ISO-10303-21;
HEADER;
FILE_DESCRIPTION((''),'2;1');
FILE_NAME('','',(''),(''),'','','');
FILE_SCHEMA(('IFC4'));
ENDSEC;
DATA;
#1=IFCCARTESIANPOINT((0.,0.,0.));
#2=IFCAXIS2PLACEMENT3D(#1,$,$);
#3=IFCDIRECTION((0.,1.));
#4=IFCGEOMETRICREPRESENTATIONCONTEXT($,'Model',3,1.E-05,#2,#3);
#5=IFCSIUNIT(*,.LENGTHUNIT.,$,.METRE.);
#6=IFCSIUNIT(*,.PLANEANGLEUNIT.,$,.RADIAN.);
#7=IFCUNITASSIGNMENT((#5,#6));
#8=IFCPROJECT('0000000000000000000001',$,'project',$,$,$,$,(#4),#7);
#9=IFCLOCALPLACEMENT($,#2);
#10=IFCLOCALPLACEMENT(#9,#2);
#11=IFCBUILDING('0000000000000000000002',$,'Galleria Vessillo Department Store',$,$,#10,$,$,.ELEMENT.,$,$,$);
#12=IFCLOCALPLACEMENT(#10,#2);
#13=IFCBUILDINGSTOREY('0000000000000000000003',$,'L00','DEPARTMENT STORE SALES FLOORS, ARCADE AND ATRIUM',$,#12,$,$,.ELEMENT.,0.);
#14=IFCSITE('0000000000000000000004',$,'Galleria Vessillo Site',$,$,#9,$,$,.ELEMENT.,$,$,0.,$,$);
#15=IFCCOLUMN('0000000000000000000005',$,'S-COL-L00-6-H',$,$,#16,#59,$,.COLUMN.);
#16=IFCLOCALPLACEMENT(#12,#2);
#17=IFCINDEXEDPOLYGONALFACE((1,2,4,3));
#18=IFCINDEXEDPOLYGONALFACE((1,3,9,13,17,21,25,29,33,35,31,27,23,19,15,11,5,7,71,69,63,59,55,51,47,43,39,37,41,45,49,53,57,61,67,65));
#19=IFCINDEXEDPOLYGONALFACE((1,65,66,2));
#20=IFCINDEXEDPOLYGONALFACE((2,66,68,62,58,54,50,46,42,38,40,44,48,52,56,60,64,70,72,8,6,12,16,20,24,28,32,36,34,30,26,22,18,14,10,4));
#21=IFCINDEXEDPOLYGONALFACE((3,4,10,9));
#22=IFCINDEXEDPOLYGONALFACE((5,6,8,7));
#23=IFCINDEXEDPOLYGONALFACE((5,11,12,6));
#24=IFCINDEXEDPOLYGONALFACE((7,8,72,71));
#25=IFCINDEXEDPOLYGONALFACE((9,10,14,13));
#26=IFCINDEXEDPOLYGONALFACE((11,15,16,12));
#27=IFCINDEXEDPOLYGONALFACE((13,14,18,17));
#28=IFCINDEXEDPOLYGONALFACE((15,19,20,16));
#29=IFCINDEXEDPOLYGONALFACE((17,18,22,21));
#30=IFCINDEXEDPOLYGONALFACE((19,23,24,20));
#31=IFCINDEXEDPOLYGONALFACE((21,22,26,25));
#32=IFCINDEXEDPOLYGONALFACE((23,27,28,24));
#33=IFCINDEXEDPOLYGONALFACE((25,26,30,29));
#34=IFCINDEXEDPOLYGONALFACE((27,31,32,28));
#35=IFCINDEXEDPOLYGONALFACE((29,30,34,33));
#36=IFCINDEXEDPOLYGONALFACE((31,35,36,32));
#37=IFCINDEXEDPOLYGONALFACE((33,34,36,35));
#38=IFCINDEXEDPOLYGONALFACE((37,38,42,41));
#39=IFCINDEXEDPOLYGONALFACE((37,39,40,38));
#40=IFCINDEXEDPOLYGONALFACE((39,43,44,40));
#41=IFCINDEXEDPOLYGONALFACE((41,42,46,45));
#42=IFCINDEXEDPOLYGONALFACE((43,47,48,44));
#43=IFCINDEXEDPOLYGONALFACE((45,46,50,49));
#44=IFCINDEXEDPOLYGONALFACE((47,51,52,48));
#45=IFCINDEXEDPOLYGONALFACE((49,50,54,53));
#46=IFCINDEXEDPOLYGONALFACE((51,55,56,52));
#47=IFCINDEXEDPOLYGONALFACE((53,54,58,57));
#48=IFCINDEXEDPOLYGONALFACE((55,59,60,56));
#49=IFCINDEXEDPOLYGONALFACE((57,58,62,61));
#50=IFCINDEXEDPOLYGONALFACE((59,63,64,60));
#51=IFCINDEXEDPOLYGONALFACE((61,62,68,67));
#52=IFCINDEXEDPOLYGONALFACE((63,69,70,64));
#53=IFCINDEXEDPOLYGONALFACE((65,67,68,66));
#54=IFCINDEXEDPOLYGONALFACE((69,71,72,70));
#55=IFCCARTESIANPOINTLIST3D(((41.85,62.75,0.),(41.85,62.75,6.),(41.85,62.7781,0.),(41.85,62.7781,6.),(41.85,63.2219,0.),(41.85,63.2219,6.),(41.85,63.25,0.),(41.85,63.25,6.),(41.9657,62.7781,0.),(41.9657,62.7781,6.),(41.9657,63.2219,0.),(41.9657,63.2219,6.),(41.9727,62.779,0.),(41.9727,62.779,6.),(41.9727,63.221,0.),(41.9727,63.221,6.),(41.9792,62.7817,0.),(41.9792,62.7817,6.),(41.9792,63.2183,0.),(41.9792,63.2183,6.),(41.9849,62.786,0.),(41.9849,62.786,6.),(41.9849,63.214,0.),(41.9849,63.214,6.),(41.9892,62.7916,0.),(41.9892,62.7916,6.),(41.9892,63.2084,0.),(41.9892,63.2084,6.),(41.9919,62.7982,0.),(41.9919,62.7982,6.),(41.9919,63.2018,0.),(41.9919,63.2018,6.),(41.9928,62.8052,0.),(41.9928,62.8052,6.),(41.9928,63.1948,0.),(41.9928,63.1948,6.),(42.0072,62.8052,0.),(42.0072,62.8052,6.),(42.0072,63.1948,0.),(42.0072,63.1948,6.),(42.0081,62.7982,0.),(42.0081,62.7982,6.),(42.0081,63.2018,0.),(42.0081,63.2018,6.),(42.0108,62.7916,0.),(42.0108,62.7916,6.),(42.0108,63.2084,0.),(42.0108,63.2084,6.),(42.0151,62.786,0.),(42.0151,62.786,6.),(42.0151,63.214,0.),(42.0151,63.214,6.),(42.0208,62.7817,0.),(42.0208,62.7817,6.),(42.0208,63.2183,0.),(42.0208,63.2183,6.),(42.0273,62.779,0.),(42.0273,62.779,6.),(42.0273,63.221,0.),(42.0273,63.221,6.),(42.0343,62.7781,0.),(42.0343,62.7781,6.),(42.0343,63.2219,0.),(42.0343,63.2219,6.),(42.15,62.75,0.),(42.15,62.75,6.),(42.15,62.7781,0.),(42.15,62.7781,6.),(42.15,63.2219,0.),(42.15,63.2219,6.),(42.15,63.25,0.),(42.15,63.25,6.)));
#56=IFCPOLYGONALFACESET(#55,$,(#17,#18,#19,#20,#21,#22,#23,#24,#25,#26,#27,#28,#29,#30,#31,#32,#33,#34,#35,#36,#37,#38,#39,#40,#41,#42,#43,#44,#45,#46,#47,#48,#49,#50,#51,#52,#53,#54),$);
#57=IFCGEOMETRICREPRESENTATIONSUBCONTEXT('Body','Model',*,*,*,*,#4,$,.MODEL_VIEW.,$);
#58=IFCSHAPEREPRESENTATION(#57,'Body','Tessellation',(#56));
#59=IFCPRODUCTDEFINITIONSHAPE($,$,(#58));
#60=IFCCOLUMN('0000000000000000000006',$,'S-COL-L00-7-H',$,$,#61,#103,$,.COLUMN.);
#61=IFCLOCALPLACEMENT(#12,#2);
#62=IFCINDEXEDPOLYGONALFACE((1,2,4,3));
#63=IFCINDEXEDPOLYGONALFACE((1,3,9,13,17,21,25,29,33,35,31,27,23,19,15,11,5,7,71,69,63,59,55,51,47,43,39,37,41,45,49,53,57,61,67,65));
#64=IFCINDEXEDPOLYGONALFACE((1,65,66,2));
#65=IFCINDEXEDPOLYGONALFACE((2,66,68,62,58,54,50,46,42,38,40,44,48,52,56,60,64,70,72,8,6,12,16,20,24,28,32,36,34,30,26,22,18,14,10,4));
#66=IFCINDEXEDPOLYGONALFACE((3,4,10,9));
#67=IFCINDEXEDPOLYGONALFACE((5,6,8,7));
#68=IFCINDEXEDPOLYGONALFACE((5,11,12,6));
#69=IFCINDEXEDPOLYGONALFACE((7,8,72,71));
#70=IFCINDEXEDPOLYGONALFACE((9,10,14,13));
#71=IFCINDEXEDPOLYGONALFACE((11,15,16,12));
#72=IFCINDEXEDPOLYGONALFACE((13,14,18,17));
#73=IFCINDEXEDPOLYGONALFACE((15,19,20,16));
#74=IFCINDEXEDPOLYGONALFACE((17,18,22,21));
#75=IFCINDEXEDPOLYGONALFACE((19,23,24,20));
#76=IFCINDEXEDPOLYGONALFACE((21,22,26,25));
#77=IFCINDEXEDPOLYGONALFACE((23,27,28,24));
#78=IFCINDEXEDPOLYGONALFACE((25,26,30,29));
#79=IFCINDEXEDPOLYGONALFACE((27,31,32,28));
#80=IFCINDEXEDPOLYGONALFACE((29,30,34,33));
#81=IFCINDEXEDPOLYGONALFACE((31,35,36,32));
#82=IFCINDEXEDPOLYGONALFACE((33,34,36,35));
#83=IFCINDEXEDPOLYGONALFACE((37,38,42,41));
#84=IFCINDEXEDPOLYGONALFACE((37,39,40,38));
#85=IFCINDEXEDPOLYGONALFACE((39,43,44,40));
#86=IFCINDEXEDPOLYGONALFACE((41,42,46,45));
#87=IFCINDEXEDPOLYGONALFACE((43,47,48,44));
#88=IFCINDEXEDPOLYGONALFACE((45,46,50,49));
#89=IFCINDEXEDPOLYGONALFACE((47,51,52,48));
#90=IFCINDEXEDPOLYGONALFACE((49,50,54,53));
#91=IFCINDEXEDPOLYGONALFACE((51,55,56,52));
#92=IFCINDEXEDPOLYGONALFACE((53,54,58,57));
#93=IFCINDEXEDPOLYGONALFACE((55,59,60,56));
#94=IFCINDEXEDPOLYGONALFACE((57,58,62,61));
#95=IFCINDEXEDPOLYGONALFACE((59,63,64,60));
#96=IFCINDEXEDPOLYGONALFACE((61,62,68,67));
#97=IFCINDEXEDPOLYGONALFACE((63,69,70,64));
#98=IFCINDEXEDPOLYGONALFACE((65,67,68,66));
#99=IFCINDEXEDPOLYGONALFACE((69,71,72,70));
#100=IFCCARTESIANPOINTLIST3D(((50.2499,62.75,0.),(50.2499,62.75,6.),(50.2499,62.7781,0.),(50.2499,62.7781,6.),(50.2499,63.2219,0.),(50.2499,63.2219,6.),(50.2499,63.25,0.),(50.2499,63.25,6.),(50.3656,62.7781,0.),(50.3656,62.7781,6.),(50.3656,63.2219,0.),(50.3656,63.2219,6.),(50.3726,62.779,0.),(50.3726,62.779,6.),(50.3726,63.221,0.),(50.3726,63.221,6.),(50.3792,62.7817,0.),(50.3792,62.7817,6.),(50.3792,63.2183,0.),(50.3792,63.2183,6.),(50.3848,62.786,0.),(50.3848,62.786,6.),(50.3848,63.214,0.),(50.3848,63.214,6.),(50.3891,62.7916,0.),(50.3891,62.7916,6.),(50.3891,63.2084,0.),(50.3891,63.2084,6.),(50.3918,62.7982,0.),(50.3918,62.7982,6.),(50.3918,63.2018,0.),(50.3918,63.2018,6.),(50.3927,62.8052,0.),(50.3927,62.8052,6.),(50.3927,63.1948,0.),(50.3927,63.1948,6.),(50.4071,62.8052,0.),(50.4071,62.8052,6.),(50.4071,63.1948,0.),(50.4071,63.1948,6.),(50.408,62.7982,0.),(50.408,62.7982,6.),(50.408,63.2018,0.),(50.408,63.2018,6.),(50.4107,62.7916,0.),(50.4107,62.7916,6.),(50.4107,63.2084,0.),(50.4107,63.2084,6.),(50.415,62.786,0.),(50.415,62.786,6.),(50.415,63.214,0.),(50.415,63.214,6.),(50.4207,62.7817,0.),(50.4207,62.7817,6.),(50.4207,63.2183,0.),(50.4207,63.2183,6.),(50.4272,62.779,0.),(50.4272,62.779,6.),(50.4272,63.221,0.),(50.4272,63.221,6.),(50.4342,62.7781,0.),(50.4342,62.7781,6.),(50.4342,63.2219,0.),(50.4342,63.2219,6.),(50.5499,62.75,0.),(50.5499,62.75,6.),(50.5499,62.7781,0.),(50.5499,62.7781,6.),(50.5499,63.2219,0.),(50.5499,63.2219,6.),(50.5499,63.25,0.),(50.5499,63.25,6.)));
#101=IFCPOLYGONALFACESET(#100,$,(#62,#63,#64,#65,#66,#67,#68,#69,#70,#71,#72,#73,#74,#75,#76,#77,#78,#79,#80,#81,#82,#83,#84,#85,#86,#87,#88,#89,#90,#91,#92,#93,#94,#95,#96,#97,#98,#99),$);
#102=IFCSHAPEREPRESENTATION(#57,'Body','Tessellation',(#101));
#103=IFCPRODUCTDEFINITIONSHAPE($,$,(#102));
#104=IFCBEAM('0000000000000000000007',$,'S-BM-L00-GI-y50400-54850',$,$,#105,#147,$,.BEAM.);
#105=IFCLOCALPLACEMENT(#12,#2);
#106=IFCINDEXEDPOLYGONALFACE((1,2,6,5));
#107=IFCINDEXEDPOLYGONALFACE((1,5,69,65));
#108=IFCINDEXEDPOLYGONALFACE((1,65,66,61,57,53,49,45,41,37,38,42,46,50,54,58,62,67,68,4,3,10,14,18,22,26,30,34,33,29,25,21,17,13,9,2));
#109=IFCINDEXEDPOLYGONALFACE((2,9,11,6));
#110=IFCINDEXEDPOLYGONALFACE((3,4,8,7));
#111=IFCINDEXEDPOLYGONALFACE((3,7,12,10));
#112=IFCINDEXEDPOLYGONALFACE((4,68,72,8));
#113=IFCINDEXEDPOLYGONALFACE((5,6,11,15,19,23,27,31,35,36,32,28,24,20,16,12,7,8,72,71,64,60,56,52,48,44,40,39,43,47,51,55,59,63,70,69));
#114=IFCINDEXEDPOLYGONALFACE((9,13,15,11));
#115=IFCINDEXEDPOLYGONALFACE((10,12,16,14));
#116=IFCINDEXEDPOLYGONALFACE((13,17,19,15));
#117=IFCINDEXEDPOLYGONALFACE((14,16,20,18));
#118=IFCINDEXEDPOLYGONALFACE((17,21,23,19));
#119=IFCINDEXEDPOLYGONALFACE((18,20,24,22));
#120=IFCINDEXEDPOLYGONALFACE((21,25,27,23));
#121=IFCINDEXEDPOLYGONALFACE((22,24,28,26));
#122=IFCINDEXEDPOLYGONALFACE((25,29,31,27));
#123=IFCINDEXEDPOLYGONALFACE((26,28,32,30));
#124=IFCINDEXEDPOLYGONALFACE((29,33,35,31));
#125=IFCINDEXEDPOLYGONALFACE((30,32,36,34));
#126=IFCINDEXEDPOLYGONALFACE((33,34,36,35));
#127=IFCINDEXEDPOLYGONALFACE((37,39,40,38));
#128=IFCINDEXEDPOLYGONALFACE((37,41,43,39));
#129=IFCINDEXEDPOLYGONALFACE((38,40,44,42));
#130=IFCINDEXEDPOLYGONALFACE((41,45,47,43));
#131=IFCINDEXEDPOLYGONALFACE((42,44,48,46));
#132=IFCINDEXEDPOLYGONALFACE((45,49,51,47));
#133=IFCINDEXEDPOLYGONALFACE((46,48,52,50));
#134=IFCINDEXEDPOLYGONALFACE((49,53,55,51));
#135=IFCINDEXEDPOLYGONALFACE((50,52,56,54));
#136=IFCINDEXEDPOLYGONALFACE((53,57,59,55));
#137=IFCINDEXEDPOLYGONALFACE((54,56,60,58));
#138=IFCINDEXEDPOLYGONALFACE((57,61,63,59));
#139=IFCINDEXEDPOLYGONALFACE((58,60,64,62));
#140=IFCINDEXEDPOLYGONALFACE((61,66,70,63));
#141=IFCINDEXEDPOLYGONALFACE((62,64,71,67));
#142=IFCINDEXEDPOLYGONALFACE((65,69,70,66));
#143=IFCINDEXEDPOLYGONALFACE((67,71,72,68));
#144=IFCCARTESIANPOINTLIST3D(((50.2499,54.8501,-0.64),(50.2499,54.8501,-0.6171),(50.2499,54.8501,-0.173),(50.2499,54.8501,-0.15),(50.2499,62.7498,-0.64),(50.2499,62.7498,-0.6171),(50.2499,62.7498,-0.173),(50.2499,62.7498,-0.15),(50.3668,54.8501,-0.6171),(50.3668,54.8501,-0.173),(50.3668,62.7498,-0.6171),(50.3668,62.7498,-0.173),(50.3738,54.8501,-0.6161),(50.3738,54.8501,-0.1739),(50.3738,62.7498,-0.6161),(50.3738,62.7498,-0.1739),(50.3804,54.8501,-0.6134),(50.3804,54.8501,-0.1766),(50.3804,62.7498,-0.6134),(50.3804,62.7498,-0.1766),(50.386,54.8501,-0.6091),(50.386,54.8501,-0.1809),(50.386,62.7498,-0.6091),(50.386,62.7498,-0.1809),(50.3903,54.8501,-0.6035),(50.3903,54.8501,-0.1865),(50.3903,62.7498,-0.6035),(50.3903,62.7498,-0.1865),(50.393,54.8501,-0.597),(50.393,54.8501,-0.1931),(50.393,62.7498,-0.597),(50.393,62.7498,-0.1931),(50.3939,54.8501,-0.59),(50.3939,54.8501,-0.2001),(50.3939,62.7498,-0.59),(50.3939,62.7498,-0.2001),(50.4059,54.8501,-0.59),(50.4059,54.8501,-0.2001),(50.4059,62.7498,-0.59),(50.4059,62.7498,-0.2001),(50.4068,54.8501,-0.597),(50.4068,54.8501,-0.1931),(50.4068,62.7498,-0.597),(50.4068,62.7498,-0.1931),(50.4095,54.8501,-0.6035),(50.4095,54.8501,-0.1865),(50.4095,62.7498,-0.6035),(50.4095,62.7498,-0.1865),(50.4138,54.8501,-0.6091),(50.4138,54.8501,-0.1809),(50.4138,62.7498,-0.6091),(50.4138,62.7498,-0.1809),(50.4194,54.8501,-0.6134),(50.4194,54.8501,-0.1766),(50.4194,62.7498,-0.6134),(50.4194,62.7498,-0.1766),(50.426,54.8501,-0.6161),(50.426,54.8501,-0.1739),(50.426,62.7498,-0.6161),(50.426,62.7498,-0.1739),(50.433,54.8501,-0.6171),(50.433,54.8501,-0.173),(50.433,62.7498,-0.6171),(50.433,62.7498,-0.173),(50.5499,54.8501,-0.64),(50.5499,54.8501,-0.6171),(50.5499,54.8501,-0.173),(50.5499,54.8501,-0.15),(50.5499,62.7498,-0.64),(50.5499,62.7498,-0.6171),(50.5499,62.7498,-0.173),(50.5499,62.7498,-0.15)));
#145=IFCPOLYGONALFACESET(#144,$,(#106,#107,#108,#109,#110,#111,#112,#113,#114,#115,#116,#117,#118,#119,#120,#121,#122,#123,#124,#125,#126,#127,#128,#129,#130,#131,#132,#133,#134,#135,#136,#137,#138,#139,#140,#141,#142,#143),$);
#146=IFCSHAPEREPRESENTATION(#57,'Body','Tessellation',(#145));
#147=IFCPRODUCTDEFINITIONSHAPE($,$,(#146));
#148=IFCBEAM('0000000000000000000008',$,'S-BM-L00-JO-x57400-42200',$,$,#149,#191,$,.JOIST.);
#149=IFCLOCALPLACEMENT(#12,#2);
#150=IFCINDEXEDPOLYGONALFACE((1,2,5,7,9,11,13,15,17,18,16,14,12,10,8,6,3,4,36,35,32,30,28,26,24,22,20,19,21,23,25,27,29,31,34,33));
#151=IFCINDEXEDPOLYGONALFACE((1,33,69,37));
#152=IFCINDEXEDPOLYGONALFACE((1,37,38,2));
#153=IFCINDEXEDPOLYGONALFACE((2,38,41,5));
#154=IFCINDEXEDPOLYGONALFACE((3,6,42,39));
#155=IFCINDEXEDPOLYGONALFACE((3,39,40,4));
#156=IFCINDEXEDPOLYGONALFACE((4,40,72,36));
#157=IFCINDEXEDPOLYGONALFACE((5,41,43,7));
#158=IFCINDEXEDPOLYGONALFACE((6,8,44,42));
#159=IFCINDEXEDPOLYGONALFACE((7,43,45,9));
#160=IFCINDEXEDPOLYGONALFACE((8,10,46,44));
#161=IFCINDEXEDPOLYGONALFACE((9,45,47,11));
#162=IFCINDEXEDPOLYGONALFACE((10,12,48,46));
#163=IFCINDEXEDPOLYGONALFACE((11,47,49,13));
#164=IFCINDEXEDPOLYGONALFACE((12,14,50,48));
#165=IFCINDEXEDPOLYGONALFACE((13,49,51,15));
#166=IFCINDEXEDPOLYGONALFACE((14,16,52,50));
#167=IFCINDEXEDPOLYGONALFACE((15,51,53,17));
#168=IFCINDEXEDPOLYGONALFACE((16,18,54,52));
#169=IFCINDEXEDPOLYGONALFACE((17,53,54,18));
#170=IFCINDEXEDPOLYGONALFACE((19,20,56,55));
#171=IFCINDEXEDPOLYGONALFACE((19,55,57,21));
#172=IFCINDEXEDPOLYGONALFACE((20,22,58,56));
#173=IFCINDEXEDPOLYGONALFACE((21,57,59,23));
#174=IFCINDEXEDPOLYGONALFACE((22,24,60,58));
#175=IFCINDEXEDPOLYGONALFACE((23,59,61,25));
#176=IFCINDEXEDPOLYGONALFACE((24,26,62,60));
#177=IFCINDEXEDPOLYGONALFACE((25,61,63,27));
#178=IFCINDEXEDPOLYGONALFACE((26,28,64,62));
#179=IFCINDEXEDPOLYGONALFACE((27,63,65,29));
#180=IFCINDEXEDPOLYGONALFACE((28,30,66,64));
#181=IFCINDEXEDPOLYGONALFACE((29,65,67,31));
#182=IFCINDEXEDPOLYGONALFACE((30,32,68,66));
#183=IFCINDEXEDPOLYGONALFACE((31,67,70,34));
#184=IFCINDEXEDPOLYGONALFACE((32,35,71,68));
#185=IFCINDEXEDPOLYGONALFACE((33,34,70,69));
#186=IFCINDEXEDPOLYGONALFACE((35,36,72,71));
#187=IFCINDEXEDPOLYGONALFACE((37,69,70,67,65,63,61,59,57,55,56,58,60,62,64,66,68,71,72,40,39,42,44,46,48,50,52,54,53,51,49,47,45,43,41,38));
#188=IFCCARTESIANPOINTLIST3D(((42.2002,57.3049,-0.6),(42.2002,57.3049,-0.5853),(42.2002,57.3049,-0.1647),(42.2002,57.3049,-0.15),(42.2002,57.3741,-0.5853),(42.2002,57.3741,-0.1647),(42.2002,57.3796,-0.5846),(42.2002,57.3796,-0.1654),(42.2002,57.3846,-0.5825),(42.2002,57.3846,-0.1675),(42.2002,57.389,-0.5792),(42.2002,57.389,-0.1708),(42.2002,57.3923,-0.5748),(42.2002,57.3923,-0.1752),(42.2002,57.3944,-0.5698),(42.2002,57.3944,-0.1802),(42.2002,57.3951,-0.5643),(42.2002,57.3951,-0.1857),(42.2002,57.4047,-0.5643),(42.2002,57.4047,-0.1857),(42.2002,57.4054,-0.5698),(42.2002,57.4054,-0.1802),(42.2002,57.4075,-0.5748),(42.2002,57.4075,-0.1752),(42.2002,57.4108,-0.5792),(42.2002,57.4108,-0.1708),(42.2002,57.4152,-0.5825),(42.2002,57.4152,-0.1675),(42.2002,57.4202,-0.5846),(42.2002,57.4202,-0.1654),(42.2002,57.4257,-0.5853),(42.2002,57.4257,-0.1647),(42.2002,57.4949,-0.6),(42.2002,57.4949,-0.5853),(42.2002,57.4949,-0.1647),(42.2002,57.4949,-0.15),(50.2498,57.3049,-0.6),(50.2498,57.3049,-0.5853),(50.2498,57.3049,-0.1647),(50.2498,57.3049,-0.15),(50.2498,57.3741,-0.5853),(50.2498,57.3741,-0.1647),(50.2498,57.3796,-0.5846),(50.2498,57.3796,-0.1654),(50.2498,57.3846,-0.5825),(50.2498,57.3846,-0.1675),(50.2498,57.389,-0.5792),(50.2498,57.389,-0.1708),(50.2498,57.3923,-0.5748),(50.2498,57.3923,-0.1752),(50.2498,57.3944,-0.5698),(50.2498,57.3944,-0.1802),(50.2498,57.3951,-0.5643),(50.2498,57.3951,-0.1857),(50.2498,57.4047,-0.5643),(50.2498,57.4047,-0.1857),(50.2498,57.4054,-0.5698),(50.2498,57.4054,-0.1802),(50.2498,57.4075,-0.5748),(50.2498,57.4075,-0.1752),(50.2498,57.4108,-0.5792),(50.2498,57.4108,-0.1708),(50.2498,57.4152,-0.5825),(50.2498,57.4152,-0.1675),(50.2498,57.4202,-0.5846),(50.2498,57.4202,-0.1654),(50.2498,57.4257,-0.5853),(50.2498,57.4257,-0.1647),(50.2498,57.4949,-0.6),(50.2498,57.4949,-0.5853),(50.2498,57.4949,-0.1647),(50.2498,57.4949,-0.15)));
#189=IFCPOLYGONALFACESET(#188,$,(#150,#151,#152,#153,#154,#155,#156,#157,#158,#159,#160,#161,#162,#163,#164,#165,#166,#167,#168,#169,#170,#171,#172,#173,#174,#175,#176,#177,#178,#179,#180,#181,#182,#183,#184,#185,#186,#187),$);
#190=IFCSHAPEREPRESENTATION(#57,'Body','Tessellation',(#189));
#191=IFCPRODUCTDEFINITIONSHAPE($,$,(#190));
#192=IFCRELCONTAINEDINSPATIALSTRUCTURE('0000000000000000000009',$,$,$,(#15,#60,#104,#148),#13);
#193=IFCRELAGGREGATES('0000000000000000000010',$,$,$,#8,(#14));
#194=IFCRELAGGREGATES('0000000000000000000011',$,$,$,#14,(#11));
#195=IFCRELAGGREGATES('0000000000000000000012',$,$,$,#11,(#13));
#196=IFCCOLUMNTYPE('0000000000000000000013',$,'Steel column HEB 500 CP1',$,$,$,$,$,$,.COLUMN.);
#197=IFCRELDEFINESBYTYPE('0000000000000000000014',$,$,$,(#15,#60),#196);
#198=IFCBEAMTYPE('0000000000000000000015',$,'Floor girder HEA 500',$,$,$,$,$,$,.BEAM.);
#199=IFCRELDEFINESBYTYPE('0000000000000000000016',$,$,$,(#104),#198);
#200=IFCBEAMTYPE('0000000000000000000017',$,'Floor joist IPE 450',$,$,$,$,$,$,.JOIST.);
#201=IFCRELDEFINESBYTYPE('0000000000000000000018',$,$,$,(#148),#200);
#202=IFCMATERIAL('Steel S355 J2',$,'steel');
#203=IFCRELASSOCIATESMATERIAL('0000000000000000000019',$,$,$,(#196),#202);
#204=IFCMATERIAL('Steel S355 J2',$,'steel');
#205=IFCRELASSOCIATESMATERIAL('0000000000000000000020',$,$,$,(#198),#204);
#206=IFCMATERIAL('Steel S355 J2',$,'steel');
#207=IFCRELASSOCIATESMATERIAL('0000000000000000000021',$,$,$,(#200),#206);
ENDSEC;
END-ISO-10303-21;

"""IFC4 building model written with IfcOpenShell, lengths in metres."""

from ifc_helpers import new_model, si_unit, direction, frame, origin, origin_2d, place, context, subcontext, project, spatial, i_section, extrude, material, material_profile, profile_set, type_object, element, save


model = new_model("IFC4")

# Units and contexts
model_context = context("Model", 3, precision=1e-05, world=origin(), true_north=direction((0.0, 1.0)))
body_context = subcontext(model_context, "Body", "Model", "MODEL_VIEW")
ifc_project = project(units=[si_unit("LENGTHUNIT", "METRE"), si_unit("PLANEANGLEUNIT", "RADIAN")], contexts=[model_context])

# Site, building, storey
site_placement = place(None, origin())
site = spatial("IfcSite", under=ifc_project, at=site_placement, Name="Galleria Vessillo Site", CompositionType="ELEMENT", RefElevation=0.0)
building_placement = place(site_placement, origin())
building = spatial("IfcBuilding", under=site, at=building_placement, Name="Galleria Vessillo Department Store", CompositionType="ELEMENT")
storey_placement = place(building_placement, origin())
storey = spatial("IfcBuildingStorey", under=building, at=storey_placement, Name="L00", Description="DEPARTMENT STORE SALES FLOORS, ARCADE AND ATRIUM", CompositionType="ELEMENT", Elevation=0.0)

# Columns
ifc_material_1 = material(Name="Steel S355 J2", Category="steel")
ifc_material_profile_1 = material_profile(ifc_material_1, i_section(OverallWidth=0.3, OverallDepth=0.5, WebThickness=0.0144, FlangeThickness=0.0281, FilletRadius=0.0271, at=origin_2d()), Name="HEB 500")
ifc_profile_set_1 = profile_set([ifc_material_profile_1], Name="Steel S355 J2")
column_type = type_object("IfcColumnType", Name="Steel column HEB 500 CP1", PredefinedType="COLUMN", material=ifc_profile_set_1)
for number, where, z_axis, x_axis, name in (
    (1, (42.0, 63.0, 0.0), (0.0, 0.0, 1.0), (1.0, 0.0, 0.0), "S-COL-L00-6-H"),
    (2, (50.3999, 63.0, 0.0), (0.0, 0.0, 1.0), (1.0, 0.0, 0.0), "S-COL-L00-7-H"),
):
    element("IfcColumn", number, at=place(storey_placement, frame(where, z_axis=z_axis, x_axis=x_axis)), inside=storey, type_object=column_type, Name=name, PredefinedType="COLUMN", context=body_context, shape_type="SweptSolid", body=[
        extrude(i_section(OverallWidth=0.3, OverallDepth=0.5, WebThickness=0.0144, FlangeThickness=0.0281, FilletRadius=0.0271, at=origin_2d()), origin(), (0.0, 0.0, 1.0), 6.0),
    ])

# Beams
ifc_material_2 = material(Name="Steel S355 J2", Category="steel")
ifc_material_profile_2 = material_profile(ifc_material_2, i_section(OverallWidth=0.3, OverallDepth=0.49, WebThickness=0.012, FlangeThickness=0.0229, FilletRadius=0.0271, at=origin_2d()), Name="HEA 500")
ifc_profile_set_2 = profile_set([ifc_material_profile_2], Name="Steel S355 J2")
beam_type_1 = type_object("IfcBeamType", Name="Floor girder HEA 500", PredefinedType="BEAM", material=ifc_profile_set_2)
beam_placement = place(storey_placement, frame((50.3999, 54.8501, -0.395), z_axis=(0.0, 1.0, 0.0), x_axis=(-1.0, 0.0, 0.0)))
element("IfcBeam", 3, at=beam_placement, inside=storey, type_object=beam_type_1, Name="S-BM-L00-GI-y50400-54850", PredefinedType="BEAM", context=body_context, shape_type="SweptSolid", body=[
    extrude(i_section(OverallWidth=0.3, OverallDepth=0.49, WebThickness=0.012, FlangeThickness=0.0229, FilletRadius=0.0271, at=origin_2d()), origin(), (0.0, 0.0, 1.0), 7.8997),
])
ifc_material_3 = material(Name="Steel S355 J2", Category="steel")
ifc_material_profile_3 = material_profile(ifc_material_3, i_section(OverallWidth=0.1899, OverallDepth=0.45, WebThickness=0.0095, FlangeThickness=0.0146, FilletRadius=0.021, at=origin_2d()), Name="IPE 450")
ifc_profile_set_3 = profile_set([ifc_material_profile_3], Name="Steel S355 J2")
beam_type_2 = type_object("IfcBeamType", Name="Floor joist IPE 450", PredefinedType="JOIST", material=ifc_profile_set_3)
for number, where, z_axis, x_axis, name in (
    (4, (42.2002, 57.3999, -0.375), (1.0, 0.0, 0.0), (0.0, 1.0, 0.0), "S-BM-L00-JO-x57400-42200"),
):
    element("IfcBeam", number, at=place(storey_placement, frame(where, z_axis=z_axis, x_axis=x_axis)), inside=storey, type_object=beam_type_2, Name=name, PredefinedType="JOIST", context=body_context, shape_type="SweptSolid", body=[
        extrude(i_section(OverallWidth=0.1899, OverallDepth=0.45, WebThickness=0.0095, FlangeThickness=0.0146, FilletRadius=0.021, at=origin_2d()), origin(), (0.0, 0.0, 1.0), 8.0496),
    ])

save(model, "model.ifc")
